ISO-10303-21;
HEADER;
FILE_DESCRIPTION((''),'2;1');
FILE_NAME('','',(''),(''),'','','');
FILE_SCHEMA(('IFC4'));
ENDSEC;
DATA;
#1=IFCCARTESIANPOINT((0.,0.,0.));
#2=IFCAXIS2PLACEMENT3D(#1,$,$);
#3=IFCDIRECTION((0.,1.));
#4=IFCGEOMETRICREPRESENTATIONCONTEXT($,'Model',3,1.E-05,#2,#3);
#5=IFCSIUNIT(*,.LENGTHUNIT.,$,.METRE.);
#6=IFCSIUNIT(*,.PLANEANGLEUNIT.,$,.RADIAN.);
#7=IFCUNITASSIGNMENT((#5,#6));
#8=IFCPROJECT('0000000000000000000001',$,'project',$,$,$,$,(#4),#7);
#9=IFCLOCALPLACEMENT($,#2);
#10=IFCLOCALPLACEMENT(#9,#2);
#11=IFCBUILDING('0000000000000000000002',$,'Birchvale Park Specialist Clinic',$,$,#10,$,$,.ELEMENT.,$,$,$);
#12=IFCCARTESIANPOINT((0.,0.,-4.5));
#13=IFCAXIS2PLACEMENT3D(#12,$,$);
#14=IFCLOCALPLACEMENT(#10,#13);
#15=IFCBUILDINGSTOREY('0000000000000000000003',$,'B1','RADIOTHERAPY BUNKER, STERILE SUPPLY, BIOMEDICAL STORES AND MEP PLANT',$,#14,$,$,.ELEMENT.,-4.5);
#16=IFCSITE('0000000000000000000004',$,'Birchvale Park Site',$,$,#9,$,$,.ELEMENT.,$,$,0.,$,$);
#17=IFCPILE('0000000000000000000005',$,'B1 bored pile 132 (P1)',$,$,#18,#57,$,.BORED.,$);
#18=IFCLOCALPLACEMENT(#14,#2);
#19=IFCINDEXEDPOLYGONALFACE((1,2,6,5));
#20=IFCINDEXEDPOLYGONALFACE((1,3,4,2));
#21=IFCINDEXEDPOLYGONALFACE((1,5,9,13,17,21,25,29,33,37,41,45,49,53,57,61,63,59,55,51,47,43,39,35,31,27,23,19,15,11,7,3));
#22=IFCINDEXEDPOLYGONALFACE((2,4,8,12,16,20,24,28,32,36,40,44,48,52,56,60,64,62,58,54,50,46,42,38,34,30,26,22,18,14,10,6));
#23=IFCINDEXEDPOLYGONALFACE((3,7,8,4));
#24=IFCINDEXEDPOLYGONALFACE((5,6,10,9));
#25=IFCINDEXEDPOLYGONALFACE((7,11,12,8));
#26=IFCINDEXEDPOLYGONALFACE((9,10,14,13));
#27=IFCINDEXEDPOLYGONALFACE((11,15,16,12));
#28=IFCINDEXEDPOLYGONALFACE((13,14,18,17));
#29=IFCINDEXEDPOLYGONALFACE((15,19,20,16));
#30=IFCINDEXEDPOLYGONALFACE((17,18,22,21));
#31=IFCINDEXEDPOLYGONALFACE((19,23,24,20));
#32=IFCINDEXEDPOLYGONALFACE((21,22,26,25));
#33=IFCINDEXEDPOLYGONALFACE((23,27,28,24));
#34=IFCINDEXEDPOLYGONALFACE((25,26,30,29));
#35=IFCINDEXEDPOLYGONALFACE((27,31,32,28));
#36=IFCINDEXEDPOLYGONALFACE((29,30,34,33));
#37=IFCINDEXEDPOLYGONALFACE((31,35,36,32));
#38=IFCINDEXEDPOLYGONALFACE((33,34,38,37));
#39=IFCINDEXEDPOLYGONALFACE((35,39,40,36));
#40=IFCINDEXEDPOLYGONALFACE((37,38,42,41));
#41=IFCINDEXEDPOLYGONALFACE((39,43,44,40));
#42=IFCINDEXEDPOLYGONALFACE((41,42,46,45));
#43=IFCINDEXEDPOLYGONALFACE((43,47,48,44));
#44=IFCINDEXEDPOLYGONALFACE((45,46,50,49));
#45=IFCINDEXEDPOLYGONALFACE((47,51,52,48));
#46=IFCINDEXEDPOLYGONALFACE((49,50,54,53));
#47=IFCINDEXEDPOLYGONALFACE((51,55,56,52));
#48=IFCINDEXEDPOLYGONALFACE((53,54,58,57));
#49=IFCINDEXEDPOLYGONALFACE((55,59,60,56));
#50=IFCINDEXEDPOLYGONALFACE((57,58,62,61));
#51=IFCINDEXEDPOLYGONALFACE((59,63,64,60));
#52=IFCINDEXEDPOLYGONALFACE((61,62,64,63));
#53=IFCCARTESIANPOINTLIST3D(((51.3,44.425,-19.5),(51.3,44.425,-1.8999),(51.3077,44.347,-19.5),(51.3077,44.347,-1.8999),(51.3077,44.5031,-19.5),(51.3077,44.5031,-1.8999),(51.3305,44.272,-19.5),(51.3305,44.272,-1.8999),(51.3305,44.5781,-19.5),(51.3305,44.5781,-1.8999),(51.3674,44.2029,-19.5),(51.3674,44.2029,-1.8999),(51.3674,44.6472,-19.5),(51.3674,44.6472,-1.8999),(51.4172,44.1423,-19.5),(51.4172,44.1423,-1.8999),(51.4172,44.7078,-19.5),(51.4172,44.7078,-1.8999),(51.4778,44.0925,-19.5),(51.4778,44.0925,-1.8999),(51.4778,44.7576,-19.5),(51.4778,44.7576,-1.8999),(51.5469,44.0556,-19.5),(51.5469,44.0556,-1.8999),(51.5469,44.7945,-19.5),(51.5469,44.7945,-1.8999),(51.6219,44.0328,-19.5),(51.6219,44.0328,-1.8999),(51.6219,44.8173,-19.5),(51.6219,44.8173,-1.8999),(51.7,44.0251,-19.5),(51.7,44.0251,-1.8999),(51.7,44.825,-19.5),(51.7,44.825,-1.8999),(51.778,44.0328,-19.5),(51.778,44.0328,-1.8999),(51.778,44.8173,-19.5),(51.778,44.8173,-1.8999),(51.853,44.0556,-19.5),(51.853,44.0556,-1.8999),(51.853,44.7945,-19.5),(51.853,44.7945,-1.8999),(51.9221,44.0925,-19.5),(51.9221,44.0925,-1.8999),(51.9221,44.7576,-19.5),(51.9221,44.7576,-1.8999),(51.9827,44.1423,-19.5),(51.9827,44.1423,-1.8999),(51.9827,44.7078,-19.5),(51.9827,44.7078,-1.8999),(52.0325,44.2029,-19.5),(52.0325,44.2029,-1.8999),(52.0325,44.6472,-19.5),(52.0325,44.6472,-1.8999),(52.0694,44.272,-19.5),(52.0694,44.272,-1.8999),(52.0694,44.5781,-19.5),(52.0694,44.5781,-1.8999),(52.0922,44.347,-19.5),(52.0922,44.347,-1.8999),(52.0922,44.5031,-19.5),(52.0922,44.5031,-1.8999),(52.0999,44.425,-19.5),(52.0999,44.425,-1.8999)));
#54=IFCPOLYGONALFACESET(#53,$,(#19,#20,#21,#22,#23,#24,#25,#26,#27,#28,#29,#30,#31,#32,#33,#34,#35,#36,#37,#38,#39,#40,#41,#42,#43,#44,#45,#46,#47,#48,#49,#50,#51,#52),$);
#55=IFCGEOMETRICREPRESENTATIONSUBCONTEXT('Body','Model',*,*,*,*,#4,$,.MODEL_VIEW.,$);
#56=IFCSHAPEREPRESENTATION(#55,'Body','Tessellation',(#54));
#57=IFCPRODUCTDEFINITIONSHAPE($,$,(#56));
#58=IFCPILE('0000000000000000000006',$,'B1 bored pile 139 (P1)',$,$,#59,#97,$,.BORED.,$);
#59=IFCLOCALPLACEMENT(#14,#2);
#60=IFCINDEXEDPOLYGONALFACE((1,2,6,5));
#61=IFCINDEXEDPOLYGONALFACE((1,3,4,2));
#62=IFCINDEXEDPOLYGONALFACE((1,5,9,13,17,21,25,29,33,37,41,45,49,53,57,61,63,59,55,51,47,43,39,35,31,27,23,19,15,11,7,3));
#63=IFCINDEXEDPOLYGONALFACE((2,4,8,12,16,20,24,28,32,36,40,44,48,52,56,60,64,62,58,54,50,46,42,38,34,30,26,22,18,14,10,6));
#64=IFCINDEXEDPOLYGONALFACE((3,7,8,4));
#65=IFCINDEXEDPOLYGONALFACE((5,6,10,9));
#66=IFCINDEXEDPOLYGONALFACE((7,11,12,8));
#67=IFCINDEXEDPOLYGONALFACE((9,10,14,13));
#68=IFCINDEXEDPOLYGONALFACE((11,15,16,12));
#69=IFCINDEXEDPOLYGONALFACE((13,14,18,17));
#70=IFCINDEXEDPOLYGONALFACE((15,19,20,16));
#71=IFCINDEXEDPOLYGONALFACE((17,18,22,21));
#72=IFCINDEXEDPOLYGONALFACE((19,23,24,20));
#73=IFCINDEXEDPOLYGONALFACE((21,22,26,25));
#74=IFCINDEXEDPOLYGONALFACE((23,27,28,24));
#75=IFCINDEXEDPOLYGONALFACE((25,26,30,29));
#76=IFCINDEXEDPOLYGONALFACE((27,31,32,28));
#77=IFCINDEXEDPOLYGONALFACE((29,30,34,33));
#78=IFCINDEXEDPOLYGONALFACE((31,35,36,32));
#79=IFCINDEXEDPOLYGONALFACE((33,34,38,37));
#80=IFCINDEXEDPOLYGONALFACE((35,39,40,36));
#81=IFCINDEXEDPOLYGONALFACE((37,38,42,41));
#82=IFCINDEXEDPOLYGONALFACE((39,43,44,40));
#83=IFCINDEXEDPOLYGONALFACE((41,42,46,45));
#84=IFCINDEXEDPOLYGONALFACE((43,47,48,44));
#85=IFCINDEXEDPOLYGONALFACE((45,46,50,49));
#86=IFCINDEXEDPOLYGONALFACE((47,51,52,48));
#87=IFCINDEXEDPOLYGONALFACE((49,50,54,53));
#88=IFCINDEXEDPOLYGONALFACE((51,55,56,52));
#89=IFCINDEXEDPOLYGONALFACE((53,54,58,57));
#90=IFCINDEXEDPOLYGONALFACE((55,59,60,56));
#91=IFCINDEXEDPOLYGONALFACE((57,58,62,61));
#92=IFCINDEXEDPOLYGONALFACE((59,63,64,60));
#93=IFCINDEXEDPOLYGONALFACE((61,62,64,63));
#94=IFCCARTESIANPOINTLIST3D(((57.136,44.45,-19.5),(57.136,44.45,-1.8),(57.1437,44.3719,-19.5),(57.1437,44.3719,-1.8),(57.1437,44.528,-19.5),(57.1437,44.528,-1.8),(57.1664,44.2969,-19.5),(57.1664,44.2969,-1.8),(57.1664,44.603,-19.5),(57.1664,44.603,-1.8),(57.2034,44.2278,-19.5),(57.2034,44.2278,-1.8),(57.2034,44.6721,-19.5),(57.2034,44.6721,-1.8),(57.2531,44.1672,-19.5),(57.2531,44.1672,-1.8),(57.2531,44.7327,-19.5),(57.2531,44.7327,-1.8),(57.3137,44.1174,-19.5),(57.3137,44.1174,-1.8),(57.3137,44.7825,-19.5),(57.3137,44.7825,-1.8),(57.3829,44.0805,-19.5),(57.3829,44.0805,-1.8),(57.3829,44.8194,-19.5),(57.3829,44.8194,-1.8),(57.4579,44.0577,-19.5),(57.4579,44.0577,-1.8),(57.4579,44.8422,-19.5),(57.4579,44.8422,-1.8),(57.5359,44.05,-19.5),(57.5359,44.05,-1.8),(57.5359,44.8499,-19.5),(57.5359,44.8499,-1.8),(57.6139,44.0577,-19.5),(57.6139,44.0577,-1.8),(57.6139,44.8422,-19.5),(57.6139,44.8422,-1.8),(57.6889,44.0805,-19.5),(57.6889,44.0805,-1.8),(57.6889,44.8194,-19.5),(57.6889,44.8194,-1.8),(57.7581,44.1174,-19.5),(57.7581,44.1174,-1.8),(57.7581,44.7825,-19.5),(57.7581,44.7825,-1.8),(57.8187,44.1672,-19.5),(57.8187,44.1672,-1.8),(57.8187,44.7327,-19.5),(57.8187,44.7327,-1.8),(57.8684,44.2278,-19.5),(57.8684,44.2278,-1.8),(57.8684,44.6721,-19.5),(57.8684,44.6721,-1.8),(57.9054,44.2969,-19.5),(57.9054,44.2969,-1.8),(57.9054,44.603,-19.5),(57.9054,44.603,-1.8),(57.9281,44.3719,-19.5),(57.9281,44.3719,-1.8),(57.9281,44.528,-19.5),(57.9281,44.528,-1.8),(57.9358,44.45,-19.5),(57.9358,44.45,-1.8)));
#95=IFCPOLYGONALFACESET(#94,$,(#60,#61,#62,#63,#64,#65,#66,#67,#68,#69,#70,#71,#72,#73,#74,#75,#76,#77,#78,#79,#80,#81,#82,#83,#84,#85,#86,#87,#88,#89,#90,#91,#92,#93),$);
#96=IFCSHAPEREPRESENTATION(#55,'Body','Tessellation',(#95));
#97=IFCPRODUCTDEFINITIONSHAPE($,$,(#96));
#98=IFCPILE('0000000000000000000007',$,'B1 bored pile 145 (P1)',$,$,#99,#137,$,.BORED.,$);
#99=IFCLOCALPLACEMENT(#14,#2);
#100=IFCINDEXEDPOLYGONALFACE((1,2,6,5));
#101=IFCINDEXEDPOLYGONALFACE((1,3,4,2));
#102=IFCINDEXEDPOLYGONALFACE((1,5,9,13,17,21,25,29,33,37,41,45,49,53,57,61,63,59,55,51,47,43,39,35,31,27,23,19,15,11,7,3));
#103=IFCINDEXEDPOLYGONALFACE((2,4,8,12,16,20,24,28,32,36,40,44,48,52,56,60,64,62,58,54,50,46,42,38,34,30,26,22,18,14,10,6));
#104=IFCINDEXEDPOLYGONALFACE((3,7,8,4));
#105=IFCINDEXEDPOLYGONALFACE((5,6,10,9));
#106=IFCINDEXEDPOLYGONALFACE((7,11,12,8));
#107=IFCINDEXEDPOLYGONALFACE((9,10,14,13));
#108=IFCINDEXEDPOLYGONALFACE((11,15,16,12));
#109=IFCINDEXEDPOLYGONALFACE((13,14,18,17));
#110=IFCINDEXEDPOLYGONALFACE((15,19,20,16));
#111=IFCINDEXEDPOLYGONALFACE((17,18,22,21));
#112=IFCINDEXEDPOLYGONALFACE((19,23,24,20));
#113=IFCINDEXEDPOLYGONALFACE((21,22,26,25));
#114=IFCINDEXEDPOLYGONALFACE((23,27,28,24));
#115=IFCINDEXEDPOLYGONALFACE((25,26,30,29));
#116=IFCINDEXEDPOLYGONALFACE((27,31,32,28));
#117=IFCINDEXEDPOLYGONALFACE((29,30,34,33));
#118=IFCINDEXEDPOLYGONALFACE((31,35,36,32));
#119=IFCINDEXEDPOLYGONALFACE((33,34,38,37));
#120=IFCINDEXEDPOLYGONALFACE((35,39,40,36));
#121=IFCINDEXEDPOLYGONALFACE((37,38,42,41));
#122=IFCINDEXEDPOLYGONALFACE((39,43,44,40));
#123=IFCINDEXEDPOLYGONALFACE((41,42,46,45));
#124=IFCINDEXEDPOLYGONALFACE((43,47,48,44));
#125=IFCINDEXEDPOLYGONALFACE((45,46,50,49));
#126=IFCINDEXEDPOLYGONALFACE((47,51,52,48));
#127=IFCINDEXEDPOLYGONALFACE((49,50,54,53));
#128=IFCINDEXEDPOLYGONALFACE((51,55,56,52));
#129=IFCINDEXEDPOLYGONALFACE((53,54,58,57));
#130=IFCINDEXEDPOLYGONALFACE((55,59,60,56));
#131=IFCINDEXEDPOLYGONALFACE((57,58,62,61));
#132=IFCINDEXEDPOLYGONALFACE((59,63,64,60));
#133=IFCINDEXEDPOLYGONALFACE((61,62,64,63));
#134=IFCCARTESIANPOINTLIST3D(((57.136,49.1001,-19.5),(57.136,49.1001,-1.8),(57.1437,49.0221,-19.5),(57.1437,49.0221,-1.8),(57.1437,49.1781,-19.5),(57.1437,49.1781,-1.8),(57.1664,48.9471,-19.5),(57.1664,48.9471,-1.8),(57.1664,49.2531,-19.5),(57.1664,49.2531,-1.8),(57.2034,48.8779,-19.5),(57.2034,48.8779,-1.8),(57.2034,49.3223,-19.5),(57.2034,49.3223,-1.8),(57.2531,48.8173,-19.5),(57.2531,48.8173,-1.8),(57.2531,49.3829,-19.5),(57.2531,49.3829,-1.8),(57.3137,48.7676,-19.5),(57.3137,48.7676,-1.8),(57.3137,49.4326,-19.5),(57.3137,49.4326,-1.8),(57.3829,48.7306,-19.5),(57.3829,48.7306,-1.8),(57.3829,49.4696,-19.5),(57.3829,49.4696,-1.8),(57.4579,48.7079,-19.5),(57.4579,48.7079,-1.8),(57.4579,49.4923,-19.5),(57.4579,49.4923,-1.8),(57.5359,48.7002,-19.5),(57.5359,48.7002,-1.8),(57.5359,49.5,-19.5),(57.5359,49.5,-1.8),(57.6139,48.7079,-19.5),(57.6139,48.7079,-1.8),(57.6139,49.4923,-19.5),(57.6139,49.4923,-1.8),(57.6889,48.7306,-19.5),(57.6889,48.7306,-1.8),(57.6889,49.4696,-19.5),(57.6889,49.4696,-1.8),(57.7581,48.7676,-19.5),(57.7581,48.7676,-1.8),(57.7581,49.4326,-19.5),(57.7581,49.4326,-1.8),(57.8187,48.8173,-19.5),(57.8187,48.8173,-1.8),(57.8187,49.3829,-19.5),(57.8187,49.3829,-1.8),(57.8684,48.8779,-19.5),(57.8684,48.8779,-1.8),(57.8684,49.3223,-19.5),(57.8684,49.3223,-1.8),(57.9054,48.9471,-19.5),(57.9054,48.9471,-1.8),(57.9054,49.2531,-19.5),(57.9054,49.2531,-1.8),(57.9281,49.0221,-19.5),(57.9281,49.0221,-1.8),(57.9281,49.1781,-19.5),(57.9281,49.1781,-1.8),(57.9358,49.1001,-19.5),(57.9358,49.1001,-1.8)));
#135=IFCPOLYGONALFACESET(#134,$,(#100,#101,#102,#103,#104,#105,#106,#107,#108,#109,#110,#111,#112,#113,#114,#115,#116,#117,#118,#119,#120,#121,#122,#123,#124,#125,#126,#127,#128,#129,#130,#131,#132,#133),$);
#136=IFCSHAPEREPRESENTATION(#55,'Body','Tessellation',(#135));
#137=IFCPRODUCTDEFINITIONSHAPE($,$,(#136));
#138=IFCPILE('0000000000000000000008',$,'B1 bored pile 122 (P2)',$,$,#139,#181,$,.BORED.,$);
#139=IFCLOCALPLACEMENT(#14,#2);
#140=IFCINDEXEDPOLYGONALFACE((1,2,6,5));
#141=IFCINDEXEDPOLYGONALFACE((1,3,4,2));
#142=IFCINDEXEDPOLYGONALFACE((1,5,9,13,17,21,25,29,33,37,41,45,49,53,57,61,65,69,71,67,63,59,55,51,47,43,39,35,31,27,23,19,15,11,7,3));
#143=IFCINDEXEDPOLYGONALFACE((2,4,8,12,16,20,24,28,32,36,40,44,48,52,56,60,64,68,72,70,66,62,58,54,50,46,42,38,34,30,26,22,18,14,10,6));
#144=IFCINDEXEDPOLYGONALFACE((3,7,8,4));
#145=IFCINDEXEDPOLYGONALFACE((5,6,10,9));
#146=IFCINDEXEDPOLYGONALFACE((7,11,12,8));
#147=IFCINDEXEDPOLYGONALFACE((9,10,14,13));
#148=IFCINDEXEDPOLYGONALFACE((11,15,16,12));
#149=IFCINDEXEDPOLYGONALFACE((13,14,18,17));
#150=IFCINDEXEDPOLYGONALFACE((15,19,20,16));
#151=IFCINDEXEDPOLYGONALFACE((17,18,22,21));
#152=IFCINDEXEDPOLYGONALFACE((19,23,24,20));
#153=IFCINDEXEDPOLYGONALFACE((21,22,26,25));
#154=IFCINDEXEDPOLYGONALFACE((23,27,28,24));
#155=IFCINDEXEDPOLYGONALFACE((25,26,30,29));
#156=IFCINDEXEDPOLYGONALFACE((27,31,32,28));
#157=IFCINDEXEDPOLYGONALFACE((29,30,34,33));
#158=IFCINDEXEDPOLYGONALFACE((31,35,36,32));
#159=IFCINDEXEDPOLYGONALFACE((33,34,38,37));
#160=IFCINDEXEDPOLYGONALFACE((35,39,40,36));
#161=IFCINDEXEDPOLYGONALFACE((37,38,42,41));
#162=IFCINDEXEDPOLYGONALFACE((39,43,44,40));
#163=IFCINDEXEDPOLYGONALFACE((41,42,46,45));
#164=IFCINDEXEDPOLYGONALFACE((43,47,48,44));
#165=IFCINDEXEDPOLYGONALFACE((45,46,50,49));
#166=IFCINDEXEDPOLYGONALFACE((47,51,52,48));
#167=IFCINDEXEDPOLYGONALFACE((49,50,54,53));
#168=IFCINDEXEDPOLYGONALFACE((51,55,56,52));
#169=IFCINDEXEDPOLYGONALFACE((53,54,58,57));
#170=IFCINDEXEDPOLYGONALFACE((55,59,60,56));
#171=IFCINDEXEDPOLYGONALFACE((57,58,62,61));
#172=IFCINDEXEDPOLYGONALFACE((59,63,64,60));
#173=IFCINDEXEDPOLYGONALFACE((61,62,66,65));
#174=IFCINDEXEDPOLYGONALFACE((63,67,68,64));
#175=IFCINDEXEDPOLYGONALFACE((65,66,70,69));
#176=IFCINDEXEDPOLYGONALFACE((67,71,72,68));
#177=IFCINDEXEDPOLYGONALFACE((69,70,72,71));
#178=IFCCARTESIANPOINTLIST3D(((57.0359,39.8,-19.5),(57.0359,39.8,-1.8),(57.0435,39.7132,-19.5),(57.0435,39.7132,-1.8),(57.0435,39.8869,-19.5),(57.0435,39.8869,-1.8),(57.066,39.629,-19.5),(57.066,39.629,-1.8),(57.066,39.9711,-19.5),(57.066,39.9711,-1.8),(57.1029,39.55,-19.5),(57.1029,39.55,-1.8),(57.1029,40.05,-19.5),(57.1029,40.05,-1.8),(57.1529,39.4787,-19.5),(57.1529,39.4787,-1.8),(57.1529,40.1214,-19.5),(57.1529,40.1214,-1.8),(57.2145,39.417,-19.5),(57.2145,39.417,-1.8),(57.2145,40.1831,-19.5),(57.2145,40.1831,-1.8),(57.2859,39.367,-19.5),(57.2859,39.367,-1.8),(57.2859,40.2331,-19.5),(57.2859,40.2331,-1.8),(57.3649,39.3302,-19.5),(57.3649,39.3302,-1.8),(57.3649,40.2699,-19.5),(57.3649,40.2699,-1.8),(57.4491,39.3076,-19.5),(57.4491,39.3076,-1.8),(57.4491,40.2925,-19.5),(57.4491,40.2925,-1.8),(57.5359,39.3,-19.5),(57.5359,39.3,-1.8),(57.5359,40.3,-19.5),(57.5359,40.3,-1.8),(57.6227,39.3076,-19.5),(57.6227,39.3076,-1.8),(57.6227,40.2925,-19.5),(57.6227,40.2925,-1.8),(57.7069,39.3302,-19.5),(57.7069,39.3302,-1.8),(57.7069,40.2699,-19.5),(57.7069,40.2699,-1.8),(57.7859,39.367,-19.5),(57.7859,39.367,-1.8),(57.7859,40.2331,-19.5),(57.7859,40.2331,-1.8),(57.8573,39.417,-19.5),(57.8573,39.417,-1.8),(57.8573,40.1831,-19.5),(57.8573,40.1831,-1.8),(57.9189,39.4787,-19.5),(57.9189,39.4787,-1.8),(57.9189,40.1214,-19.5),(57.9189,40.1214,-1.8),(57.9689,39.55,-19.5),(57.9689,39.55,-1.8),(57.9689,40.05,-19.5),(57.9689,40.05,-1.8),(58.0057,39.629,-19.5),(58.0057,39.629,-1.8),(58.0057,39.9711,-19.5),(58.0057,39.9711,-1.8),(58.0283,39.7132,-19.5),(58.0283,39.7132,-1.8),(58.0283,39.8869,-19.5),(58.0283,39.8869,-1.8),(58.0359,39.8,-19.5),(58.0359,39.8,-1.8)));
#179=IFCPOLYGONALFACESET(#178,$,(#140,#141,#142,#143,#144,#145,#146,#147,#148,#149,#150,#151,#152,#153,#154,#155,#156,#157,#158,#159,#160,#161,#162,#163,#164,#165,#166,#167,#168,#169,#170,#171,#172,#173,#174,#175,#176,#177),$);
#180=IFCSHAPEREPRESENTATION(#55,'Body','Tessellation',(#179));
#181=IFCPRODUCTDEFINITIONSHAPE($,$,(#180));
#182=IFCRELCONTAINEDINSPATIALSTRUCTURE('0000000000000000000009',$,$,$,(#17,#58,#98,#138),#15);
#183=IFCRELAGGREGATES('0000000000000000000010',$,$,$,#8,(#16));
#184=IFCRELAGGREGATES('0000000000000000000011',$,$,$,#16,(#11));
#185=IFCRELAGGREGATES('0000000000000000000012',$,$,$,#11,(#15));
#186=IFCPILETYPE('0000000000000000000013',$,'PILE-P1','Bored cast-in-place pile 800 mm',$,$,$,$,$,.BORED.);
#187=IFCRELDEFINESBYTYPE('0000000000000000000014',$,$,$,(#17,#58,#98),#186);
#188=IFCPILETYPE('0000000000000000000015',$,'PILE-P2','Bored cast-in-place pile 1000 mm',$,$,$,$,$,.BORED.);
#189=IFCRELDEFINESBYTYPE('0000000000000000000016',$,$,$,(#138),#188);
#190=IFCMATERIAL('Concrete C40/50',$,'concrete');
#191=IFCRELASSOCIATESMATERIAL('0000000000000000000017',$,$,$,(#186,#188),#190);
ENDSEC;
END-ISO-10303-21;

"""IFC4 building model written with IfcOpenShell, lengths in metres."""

from ifc_helpers import new_model, si_unit, direction, frame, origin, origin_2d, place, context, subcontext, project, spatial, circle, extrude, material, material_profile, profile_set, type_object, element, save


model = new_model("IFC4")

# Units and contexts
model_context = context("Model", 3, precision=1e-05, world=origin(), true_north=direction((0.0, 1.0)))
body_context = subcontext(model_context, "Body", "Model", "MODEL_VIEW")
ifc_project = project(units=[si_unit("LENGTHUNIT", "METRE"), si_unit("PLANEANGLEUNIT", "RADIAN")], contexts=[model_context])

# Site, building, storey
site_placement = place(None, origin())
site = spatial("IfcSite", under=ifc_project, at=site_placement, Name="Birchvale Park Site", CompositionType="ELEMENT", RefElevation=0.0)
building_placement = place(site_placement, origin())
building = spatial("IfcBuilding", under=site, at=building_placement, Name="Birchvale Park Specialist Clinic", CompositionType="ELEMENT")
storey_placement = place(building_placement, frame((0.0, 0.0, -4.5)))
storey = spatial("IfcBuildingStorey", under=building, at=storey_placement, Name="B1", Description="RADIOTHERAPY BUNKER, STERILE SUPPLY, BIOMEDICAL STORES AND MEP PLANT", CompositionType="ELEMENT", Elevation=-4.5)

# Shared definitions
ifc_material = material(Name="Concrete C40/50", Category="concrete")

# Piles
ifc_material_profile_1 = material_profile(ifc_material, circle(Radius=0.3999, at=origin_2d()), Name="PILE-800")
ifc_profile_set_1 = profile_set([ifc_material_profile_1], Name="Concrete C40/50")
pile_type_1 = type_object("IfcPileType", Name="PILE-P1", Description="Bored cast-in-place pile 800 mm", PredefinedType="BORED", material=ifc_profile_set_1)
pile_1_placement = place(storey_placement, frame((51.7, 44.425, -1.8999), z_axis=(0.0, 0.0, -1.0), x_axis=(1.0, 0.0, 0.0)))
element("IfcPile", 1, at=pile_1_placement, inside=storey, type_object=pile_type_1, Name="B1 bored pile 132 (P1)", PredefinedType="BORED", context=body_context, shape_type="SweptSolid", body=[
    extrude(circle(Radius=0.3999, at=origin_2d()), origin(), (0.0, 0.0, 1.0), 17.6001),
])
for number, where, z_axis, x_axis, name in (
    (2, (57.5359, 44.45, -1.8), (0.0, 0.0, -1.0), (1.0, 0.0, 0.0), "B1 bored pile 139 (P1)"),
    (3, (57.5359, 49.1001, -1.8), (0.0, 0.0, -1.0), (1.0, 0.0, 0.0), "B1 bored pile 145 (P1)"),
):
    element("IfcPile", number, at=place(storey_placement, frame(where, z_axis=z_axis, x_axis=x_axis)), inside=storey, type_object=pile_type_1, Name=name, PredefinedType="BORED", context=body_context, shape_type="SweptSolid", body=[
        extrude(circle(Radius=0.3999, at=origin_2d()), origin(), (0.0, 0.0, 1.0), 17.7),
    ])
ifc_material_profile_2 = material_profile(ifc_material, circle(Radius=0.5, at=origin_2d()), Name="PILE-1000")
ifc_profile_set_2 = profile_set([ifc_material_profile_2], Name="Concrete C40/50")
pile_type_2 = type_object("IfcPileType", Name="PILE-P2", Description="Bored cast-in-place pile 1000 mm", PredefinedType="BORED", material=ifc_profile_set_2)
pile_2_placement = place(storey_placement, frame((57.5359, 39.8, -1.8), z_axis=(0.0, 0.0, -1.0), x_axis=(1.0, 0.0, 0.0)))
element("IfcPile", 4, at=pile_2_placement, inside=storey, type_object=pile_type_2, Name="B1 bored pile 122 (P2)", PredefinedType="BORED", context=body_context, shape_type="SweptSolid", body=[
    extrude(circle(Radius=0.5, at=origin_2d()), origin(), (0.0, 0.0, 1.0), 17.7),
])

save(model, "model.ifc")
